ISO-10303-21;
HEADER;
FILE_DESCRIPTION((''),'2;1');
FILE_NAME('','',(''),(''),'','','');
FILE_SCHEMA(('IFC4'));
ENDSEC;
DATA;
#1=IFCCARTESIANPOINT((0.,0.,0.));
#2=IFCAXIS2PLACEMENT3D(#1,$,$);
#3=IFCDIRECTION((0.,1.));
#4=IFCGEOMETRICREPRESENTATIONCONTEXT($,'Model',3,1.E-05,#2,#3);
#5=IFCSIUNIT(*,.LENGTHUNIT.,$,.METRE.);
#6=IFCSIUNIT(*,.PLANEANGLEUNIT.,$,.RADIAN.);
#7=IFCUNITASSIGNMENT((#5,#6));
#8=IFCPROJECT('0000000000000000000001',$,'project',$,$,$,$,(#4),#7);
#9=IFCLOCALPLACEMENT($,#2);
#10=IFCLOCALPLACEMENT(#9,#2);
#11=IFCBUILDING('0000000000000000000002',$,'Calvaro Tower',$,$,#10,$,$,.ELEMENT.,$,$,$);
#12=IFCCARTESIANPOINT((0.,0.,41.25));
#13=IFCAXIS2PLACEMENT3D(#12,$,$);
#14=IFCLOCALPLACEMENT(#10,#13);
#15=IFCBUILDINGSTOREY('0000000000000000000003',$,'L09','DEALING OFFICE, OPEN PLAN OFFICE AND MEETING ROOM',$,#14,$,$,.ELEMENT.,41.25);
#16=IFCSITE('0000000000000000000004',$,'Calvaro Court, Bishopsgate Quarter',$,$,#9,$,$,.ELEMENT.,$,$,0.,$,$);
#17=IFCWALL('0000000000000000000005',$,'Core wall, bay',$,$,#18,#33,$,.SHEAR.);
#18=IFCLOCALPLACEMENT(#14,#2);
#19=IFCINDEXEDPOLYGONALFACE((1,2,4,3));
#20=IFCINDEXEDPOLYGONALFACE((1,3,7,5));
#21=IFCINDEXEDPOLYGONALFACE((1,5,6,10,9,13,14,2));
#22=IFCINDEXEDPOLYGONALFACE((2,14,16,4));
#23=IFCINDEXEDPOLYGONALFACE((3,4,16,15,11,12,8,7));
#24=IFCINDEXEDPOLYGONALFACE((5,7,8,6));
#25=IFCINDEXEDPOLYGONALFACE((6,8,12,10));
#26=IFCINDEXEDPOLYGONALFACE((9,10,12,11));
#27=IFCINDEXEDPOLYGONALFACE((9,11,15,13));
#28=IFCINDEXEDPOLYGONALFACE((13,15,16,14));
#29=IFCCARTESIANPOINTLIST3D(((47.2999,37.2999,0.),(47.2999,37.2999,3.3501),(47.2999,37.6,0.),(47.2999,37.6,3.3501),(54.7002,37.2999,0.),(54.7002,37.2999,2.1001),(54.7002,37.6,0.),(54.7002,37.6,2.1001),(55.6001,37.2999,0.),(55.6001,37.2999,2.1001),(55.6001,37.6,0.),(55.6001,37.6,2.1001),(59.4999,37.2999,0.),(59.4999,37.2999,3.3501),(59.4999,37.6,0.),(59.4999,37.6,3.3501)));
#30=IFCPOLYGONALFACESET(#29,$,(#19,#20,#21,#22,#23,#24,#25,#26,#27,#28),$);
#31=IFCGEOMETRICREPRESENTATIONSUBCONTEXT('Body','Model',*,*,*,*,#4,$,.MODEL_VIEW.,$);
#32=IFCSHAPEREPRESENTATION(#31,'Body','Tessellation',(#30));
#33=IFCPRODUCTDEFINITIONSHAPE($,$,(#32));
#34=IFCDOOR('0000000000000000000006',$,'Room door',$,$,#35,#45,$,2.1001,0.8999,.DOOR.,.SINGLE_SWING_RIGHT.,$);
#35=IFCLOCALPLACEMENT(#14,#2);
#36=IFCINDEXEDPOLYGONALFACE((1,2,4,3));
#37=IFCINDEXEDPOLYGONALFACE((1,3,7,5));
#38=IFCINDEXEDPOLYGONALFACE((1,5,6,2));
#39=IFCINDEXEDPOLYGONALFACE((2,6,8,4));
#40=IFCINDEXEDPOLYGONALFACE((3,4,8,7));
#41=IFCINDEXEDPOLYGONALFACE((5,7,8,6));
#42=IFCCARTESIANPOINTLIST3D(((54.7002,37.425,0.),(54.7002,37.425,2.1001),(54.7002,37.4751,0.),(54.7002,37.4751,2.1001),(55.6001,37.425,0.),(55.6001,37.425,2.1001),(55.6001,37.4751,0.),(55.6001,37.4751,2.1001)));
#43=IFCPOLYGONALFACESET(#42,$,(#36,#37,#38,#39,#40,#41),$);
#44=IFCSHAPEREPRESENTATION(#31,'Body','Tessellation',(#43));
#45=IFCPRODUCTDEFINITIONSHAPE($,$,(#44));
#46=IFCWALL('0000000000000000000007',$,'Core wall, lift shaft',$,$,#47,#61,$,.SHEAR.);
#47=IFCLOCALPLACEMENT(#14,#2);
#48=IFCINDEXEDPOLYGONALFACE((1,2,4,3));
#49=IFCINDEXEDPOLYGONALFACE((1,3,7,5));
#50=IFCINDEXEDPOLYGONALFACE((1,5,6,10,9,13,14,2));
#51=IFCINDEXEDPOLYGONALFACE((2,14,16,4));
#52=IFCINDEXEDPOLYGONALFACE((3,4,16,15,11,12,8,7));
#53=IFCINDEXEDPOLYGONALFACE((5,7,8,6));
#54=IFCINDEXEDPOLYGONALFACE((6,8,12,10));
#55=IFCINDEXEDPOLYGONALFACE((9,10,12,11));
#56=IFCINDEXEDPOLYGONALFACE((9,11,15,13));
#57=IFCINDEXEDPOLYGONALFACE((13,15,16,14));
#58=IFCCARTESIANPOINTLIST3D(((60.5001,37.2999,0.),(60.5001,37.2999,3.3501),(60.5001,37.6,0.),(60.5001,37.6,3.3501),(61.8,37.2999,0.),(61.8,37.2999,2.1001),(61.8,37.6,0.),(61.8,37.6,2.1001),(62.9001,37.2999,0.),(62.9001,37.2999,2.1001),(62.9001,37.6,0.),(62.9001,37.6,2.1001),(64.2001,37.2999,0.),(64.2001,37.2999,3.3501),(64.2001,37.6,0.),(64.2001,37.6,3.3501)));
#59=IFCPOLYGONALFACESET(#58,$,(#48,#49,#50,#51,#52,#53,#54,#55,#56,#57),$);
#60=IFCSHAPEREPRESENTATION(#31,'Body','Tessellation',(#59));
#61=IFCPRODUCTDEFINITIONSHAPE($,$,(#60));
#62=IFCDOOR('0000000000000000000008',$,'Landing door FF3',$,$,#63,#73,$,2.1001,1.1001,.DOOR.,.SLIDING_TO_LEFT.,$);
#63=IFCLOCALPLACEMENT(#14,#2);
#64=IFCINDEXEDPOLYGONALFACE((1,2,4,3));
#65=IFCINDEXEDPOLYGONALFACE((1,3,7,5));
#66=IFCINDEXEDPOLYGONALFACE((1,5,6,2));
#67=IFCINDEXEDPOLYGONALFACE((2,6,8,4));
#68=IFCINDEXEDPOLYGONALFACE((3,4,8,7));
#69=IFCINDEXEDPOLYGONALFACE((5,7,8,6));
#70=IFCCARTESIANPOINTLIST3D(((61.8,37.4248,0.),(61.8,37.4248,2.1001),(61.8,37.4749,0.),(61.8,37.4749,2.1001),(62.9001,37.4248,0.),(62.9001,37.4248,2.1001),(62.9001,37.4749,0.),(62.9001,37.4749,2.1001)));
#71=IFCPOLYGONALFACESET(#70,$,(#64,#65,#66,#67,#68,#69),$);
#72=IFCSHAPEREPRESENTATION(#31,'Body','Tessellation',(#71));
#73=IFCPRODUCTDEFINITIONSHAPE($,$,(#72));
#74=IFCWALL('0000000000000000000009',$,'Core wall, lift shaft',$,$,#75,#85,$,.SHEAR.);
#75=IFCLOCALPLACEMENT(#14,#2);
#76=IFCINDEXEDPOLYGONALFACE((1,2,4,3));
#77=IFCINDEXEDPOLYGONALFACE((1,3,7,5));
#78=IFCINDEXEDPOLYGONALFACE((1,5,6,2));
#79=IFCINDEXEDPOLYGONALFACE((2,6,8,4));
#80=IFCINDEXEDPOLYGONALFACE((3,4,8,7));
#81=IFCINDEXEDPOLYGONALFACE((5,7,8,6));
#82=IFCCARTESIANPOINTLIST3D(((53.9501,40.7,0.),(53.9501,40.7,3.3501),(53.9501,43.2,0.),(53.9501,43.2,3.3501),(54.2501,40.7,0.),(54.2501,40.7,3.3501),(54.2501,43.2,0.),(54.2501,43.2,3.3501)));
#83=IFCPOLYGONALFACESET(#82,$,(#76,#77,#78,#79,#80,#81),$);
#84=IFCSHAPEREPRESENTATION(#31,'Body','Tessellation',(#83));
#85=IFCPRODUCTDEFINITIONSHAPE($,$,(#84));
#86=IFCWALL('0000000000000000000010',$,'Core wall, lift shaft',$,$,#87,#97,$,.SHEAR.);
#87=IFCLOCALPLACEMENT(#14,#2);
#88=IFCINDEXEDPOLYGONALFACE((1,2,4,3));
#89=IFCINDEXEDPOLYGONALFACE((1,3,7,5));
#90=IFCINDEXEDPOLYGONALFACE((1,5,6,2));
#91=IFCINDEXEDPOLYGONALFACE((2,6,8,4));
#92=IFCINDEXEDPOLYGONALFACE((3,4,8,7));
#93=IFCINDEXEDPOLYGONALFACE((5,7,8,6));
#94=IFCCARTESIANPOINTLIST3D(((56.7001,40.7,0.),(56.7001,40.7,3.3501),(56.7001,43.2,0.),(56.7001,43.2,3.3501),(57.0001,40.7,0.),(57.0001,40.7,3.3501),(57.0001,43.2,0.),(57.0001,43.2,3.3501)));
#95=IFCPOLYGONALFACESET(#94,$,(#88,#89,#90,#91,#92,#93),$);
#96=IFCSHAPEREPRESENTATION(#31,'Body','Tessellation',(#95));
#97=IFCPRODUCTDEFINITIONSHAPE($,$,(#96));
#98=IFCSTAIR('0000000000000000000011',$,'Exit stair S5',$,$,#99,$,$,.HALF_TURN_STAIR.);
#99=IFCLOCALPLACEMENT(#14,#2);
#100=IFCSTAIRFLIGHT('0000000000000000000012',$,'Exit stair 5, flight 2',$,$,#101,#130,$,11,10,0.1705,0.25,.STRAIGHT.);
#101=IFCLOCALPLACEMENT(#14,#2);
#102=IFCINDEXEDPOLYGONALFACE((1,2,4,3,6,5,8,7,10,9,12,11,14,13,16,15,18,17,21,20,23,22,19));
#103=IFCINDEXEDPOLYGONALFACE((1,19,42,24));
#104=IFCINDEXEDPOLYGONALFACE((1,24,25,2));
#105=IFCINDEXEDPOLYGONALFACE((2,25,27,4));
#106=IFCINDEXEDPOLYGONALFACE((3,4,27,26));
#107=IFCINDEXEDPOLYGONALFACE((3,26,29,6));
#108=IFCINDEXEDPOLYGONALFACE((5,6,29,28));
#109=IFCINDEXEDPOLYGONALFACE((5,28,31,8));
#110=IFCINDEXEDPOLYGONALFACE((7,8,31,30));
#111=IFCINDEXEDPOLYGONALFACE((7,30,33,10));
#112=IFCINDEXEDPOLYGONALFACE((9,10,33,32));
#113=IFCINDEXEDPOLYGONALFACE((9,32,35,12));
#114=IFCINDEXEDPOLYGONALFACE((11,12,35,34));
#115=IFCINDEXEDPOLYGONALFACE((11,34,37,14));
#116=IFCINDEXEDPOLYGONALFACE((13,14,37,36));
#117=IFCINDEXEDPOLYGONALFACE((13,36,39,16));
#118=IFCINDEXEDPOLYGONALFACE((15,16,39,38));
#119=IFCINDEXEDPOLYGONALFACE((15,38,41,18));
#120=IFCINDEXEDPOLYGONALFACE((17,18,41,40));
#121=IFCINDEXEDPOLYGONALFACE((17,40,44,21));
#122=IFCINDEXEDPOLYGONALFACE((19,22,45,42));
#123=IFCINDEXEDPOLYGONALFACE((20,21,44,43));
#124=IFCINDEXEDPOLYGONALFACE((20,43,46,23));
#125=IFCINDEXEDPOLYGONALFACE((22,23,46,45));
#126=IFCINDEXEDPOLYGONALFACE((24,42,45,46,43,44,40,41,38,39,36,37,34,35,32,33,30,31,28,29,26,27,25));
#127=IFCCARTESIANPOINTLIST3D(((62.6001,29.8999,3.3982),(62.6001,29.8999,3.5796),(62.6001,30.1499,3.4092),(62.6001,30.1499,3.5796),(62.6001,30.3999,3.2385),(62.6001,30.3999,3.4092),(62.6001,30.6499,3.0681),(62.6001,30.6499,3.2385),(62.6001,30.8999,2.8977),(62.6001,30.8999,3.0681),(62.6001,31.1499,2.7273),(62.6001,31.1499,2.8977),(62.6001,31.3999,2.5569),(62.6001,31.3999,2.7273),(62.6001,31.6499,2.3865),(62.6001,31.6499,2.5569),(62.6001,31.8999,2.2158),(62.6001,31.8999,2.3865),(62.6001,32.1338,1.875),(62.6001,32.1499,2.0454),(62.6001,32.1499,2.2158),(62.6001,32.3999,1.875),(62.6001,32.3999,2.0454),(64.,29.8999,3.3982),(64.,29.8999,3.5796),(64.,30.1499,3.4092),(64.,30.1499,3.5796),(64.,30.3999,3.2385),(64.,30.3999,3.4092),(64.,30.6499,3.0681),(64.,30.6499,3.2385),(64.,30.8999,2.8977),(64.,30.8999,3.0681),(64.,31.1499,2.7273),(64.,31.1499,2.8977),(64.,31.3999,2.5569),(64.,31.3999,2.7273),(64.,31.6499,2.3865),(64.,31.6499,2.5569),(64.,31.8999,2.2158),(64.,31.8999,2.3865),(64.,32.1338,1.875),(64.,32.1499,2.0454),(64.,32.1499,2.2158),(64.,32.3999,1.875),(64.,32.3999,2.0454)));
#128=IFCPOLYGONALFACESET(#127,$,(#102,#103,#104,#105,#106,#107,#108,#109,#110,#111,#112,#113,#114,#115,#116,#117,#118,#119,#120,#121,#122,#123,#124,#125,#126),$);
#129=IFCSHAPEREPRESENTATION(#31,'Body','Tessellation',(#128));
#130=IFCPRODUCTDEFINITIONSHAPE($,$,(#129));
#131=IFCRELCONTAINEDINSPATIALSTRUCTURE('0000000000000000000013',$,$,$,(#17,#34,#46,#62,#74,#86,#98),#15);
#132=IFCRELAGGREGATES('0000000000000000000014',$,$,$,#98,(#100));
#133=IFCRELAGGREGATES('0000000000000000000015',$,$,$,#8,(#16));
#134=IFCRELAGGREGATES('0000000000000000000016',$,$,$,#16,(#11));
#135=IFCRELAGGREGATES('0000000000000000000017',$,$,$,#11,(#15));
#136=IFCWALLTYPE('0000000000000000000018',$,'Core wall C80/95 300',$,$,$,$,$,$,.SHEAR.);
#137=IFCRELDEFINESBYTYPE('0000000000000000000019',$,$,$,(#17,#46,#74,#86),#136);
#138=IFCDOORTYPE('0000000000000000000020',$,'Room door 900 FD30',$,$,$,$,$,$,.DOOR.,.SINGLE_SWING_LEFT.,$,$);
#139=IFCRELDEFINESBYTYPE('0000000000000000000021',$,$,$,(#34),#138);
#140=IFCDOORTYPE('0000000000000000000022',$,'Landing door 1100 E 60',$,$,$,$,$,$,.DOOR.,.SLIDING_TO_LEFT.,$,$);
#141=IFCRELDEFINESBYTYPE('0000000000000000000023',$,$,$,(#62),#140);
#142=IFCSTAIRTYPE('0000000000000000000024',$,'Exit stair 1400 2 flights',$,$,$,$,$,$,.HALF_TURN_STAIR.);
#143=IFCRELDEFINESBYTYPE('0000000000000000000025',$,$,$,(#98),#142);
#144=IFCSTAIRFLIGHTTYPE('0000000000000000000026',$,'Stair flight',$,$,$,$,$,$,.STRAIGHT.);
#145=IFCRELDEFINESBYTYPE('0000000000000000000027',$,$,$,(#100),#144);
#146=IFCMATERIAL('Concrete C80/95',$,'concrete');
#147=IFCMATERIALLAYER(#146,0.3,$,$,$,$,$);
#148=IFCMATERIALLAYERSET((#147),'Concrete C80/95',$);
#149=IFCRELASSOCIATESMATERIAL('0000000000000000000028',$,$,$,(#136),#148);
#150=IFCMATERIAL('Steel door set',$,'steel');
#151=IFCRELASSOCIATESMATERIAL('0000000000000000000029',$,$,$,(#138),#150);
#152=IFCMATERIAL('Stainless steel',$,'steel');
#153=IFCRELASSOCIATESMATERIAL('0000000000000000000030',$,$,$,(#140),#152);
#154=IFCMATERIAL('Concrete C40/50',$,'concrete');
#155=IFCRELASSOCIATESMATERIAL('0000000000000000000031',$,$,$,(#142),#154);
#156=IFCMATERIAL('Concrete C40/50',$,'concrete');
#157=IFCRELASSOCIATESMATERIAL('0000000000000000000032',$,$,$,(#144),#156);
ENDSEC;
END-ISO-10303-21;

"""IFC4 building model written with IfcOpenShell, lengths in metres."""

from ifc_helpers import new_model, si_unit, direction, frame, frame_2d, origin, place, context, subcontext, project, spatial, polyline, rectangle, outline, extrude, material, layer, layer_set, type_object, element, fill, aggregate, save


model = new_model("IFC4")

# Units and contexts
model_context = context("Model", 3, precision=1e-05, world=origin(), true_north=direction((0.0, 1.0)))
body_context = subcontext(model_context, "Body", "Model", "MODEL_VIEW")
ifc_project = project(units=[si_unit("LENGTHUNIT", "METRE"), si_unit("PLANEANGLEUNIT", "RADIAN")], contexts=[model_context])

# Site, building, storey
site_placement = place(None, origin())
site = spatial("IfcSite", under=ifc_project, at=site_placement, Name="Calvaro Court, Bishopsgate Quarter", CompositionType="ELEMENT", RefElevation=0.0)
building_placement = place(site_placement, origin())
building = spatial("IfcBuilding", under=site, at=building_placement, Name="Calvaro Tower", CompositionType="ELEMENT")
storey_placement = place(building_placement, frame((0.0, 0.0, 41.25)))
storey = spatial("IfcBuildingStorey", under=building, at=storey_placement, Name="L09", Description="DEALING OFFICE, OPEN PLAN OFFICE AND MEETING ROOM", CompositionType="ELEMENT", Elevation=41.25)

# Shared definitions
ifc_material_1 = material(Name="Concrete C80/95", Category="concrete")
ifc_layer_1 = layer(ifc_material_1, 0.3)
ifc_layer_set_1 = layer_set([ifc_layer_1], Name="Concrete C80/95")
wall_type_1 = type_object("IfcWallType", Name="Core wall C80/95 300", PredefinedType="SHEAR", material=ifc_layer_set_1)

# Walls, openings, doors
wall_1_placement = place(storey_placement, frame((59.5, 37.45, 0.0), z_axis=(0.0, 0.0, 1.0), x_axis=(-1.0, 0.0, 0.0)))
wall_1 = element("IfcWall", 1, at=wall_1_placement, inside=storey, type_object=wall_type_1, Name="Core wall, bay", PredefinedType="SHEAR", context=body_context, shape_type="SweptSolid", body=[
    extrude(rectangle(XDim=12.2, YDim=0.3, at=frame_2d((6.1001, 0.0))), origin(), (0.0, 0.0, 1.0), 3.3501),
])
opening_1_placement = place(wall_1_placement, frame((3.8999, 0.0, 0.0)))
opening_1 = element("IfcOpeningElement", 2, at=opening_1_placement, cuts=wall_1, PredefinedType="OPENING", context=body_context, shape_type="SweptSolid", body=[
    extrude(rectangle(XDim=0.8999, YDim=2.1001, at=frame_2d((0.45, 1.05))), frame((0.0, 0.1599, 0.0), z_axis=(0.0, -1.0, 0.0), x_axis=(1.0, 0.0, 0.0)), (0.0, 0.0, 1.0), 0.3201),
])
ifc_material_2 = material(Name="Steel door set", Category="steel")
door_type_1 = type_object("IfcDoorType", Name="Room door 900 FD30", OperationType="SINGLE_SWING_LEFT", PredefinedType="DOOR", material=ifc_material_2)
door_1_placement = place(opening_1_placement, origin())
door_1 = element("IfcDoor", 3, at=door_1_placement, inside=storey, type_object=door_type_1, Name="Room door", OperationType="SINGLE_SWING_RIGHT", OverallHeight=2.1001, OverallWidth=0.8999, PredefinedType="DOOR", context=body_context, shape_type="SweptSolid", body=[
    extrude(rectangle(XDim=0.8999, YDim=2.1001, at=frame_2d((0.45, 1.05))), frame((0.0, 0.0249, 0.0), z_axis=(0.0, -1.0, 0.0), x_axis=(1.0, 0.0, 0.0)), (0.0, 0.0, 1.0), 0.05),
])
fill(opening_1, door_1)
wall_2_placement = place(storey_placement, frame((60.5, 37.45, 0.0), z_axis=(0.0, 0.0, 1.0), x_axis=(1.0, 0.0, 0.0)))
wall_2 = element("IfcWall", 4, at=wall_2_placement, inside=storey, type_object=wall_type_1, Name="Core wall, lift shaft", PredefinedType="SHEAR", context=body_context, shape_type="SweptSolid", body=[
    extrude(rectangle(XDim=3.7, YDim=0.3, at=frame_2d((1.8501, 0.0))), origin(), (0.0, 0.0, 1.0), 3.3501),
])
opening_2_placement = place(wall_2_placement, frame((1.3, 0.0, 0.0)))
opening_2 = element("IfcOpeningElement", 5, at=opening_2_placement, cuts=wall_2, PredefinedType="OPENING", context=body_context, shape_type="SweptSolid", body=[
    extrude(rectangle(XDim=1.1001, YDim=2.1001, at=frame_2d((0.55, 1.05))), frame((0.0, 0.1599, 0.0), z_axis=(0.0, -1.0, 0.0), x_axis=(1.0, 0.0, 0.0)), (0.0, 0.0, 1.0), 0.3201),
])
ifc_material_3 = material(Name="Stainless steel", Category="steel")
door_type_2 = type_object("IfcDoorType", Name="Landing door 1100 E 60", OperationType="SLIDING_TO_LEFT", PredefinedType="DOOR", material=ifc_material_3)
door_2_placement = place(opening_2_placement, origin())
door_2 = element("IfcDoor", 6, at=door_2_placement, inside=storey, type_object=door_type_2, Name="Landing door FF3", OperationType="SLIDING_TO_LEFT", OverallHeight=2.1001, OverallWidth=1.1001, PredefinedType="DOOR", context=body_context, shape_type="SweptSolid", body=[
    extrude(rectangle(XDim=1.1001, YDim=2.1001, at=frame_2d((0.55, 1.05))), frame((0.0, 0.0249, 0.0), z_axis=(0.0, -1.0, 0.0), x_axis=(1.0, 0.0, 0.0)), (0.0, 0.0, 1.0), 0.05),
])
fill(opening_2, door_2)

# Walls
for number, where, z_axis, x_axis, name in (
    (7, (54.1001, 40.7, 0.0), (0.0, 0.0, 1.0), (0.0, 1.0, 0.0), "Core wall, lift shaft"),
    (8, (56.8501, 40.7, 0.0), (0.0, 0.0, 1.0), (0.0, 1.0, 0.0), "Core wall, lift shaft"),
):
    element("IfcWall", number, at=place(storey_placement, frame(where, z_axis=z_axis, x_axis=x_axis)), inside=storey, type_object=wall_type_1, Name=name, PredefinedType="SHEAR", context=body_context, shape_type="SweptSolid", body=[
        extrude(rectangle(XDim=2.5, YDim=0.3, at=frame_2d((1.25, 0.0))), origin(), (0.0, 0.0, 1.0), 3.3501),
    ])

# Stair, stair flight
ifc_material_4 = material(Name="Concrete C40/50", Category="concrete")
stair_type = type_object("IfcStairType", Name="Exit stair 1400 2 flights", PredefinedType="HALF_TURN_STAIR", material=ifc_material_4)
stair_1_placement = place(storey_placement, origin())
stair_1 = element("IfcStair", 9, at=stair_1_placement, inside=storey, type_object=stair_type, Name="Exit stair S5", PredefinedType="HALF_TURN_STAIR")
ifc_material_5 = material(Name="Concrete C40/50", Category="concrete")
stair_flight_type = type_object("IfcStairFlightType", Name="Stair flight", PredefinedType="STRAIGHT", material=ifc_material_5)
stair_flight_placement = place(storey_placement, frame((63.3, 32.3999, 1.875), z_axis=(0.0, 0.0, 1.0), x_axis=(0.0, -1.0, 0.0)))
stair_flight = element("IfcStairFlight", 10, at=stair_flight_placement, type_object=stair_flight_type, Name="Exit stair 5, flight 2", NumberOfRisers=11, NumberOfTreads=10, PredefinedType="STRAIGHT", RiserHeight=0.1705, TreadLength=0.25, context=body_context, shape_type="SweptSolid", body=[
    extrude(outline(polyline([(0.0, 0.0), (0.0, 0.1704), (0.25, 0.1704), (0.25, 0.3408), (0.5, 0.3408), (0.5, 0.5115), (0.75, 0.5115), (0.75, 0.6819), (1.0, 0.6819), (1.0, 0.8523), (1.25, 0.8523), (1.25, 1.0227), (1.5, 1.0227), (1.5, 1.1931), (1.75, 1.1931), (1.75, 1.3635), (2.0, 1.3635), (2.0, 1.5342), (2.25, 1.5342), (2.25, 1.7046), (2.5, 1.7046), (2.5, 1.875), (2.5, 1.5232), (0.2661, 0.0), (0.0, 0.0)])), frame((0.0, 0.7, 0.0), z_axis=(0.0, -1.0, 0.0), x_axis=(1.0, 0.0, 0.0)), (0.0, 0.0, 1.0), 1.3999),
])

aggregate(stair_1, [stair_flight])

save(model, "model.ifc")
